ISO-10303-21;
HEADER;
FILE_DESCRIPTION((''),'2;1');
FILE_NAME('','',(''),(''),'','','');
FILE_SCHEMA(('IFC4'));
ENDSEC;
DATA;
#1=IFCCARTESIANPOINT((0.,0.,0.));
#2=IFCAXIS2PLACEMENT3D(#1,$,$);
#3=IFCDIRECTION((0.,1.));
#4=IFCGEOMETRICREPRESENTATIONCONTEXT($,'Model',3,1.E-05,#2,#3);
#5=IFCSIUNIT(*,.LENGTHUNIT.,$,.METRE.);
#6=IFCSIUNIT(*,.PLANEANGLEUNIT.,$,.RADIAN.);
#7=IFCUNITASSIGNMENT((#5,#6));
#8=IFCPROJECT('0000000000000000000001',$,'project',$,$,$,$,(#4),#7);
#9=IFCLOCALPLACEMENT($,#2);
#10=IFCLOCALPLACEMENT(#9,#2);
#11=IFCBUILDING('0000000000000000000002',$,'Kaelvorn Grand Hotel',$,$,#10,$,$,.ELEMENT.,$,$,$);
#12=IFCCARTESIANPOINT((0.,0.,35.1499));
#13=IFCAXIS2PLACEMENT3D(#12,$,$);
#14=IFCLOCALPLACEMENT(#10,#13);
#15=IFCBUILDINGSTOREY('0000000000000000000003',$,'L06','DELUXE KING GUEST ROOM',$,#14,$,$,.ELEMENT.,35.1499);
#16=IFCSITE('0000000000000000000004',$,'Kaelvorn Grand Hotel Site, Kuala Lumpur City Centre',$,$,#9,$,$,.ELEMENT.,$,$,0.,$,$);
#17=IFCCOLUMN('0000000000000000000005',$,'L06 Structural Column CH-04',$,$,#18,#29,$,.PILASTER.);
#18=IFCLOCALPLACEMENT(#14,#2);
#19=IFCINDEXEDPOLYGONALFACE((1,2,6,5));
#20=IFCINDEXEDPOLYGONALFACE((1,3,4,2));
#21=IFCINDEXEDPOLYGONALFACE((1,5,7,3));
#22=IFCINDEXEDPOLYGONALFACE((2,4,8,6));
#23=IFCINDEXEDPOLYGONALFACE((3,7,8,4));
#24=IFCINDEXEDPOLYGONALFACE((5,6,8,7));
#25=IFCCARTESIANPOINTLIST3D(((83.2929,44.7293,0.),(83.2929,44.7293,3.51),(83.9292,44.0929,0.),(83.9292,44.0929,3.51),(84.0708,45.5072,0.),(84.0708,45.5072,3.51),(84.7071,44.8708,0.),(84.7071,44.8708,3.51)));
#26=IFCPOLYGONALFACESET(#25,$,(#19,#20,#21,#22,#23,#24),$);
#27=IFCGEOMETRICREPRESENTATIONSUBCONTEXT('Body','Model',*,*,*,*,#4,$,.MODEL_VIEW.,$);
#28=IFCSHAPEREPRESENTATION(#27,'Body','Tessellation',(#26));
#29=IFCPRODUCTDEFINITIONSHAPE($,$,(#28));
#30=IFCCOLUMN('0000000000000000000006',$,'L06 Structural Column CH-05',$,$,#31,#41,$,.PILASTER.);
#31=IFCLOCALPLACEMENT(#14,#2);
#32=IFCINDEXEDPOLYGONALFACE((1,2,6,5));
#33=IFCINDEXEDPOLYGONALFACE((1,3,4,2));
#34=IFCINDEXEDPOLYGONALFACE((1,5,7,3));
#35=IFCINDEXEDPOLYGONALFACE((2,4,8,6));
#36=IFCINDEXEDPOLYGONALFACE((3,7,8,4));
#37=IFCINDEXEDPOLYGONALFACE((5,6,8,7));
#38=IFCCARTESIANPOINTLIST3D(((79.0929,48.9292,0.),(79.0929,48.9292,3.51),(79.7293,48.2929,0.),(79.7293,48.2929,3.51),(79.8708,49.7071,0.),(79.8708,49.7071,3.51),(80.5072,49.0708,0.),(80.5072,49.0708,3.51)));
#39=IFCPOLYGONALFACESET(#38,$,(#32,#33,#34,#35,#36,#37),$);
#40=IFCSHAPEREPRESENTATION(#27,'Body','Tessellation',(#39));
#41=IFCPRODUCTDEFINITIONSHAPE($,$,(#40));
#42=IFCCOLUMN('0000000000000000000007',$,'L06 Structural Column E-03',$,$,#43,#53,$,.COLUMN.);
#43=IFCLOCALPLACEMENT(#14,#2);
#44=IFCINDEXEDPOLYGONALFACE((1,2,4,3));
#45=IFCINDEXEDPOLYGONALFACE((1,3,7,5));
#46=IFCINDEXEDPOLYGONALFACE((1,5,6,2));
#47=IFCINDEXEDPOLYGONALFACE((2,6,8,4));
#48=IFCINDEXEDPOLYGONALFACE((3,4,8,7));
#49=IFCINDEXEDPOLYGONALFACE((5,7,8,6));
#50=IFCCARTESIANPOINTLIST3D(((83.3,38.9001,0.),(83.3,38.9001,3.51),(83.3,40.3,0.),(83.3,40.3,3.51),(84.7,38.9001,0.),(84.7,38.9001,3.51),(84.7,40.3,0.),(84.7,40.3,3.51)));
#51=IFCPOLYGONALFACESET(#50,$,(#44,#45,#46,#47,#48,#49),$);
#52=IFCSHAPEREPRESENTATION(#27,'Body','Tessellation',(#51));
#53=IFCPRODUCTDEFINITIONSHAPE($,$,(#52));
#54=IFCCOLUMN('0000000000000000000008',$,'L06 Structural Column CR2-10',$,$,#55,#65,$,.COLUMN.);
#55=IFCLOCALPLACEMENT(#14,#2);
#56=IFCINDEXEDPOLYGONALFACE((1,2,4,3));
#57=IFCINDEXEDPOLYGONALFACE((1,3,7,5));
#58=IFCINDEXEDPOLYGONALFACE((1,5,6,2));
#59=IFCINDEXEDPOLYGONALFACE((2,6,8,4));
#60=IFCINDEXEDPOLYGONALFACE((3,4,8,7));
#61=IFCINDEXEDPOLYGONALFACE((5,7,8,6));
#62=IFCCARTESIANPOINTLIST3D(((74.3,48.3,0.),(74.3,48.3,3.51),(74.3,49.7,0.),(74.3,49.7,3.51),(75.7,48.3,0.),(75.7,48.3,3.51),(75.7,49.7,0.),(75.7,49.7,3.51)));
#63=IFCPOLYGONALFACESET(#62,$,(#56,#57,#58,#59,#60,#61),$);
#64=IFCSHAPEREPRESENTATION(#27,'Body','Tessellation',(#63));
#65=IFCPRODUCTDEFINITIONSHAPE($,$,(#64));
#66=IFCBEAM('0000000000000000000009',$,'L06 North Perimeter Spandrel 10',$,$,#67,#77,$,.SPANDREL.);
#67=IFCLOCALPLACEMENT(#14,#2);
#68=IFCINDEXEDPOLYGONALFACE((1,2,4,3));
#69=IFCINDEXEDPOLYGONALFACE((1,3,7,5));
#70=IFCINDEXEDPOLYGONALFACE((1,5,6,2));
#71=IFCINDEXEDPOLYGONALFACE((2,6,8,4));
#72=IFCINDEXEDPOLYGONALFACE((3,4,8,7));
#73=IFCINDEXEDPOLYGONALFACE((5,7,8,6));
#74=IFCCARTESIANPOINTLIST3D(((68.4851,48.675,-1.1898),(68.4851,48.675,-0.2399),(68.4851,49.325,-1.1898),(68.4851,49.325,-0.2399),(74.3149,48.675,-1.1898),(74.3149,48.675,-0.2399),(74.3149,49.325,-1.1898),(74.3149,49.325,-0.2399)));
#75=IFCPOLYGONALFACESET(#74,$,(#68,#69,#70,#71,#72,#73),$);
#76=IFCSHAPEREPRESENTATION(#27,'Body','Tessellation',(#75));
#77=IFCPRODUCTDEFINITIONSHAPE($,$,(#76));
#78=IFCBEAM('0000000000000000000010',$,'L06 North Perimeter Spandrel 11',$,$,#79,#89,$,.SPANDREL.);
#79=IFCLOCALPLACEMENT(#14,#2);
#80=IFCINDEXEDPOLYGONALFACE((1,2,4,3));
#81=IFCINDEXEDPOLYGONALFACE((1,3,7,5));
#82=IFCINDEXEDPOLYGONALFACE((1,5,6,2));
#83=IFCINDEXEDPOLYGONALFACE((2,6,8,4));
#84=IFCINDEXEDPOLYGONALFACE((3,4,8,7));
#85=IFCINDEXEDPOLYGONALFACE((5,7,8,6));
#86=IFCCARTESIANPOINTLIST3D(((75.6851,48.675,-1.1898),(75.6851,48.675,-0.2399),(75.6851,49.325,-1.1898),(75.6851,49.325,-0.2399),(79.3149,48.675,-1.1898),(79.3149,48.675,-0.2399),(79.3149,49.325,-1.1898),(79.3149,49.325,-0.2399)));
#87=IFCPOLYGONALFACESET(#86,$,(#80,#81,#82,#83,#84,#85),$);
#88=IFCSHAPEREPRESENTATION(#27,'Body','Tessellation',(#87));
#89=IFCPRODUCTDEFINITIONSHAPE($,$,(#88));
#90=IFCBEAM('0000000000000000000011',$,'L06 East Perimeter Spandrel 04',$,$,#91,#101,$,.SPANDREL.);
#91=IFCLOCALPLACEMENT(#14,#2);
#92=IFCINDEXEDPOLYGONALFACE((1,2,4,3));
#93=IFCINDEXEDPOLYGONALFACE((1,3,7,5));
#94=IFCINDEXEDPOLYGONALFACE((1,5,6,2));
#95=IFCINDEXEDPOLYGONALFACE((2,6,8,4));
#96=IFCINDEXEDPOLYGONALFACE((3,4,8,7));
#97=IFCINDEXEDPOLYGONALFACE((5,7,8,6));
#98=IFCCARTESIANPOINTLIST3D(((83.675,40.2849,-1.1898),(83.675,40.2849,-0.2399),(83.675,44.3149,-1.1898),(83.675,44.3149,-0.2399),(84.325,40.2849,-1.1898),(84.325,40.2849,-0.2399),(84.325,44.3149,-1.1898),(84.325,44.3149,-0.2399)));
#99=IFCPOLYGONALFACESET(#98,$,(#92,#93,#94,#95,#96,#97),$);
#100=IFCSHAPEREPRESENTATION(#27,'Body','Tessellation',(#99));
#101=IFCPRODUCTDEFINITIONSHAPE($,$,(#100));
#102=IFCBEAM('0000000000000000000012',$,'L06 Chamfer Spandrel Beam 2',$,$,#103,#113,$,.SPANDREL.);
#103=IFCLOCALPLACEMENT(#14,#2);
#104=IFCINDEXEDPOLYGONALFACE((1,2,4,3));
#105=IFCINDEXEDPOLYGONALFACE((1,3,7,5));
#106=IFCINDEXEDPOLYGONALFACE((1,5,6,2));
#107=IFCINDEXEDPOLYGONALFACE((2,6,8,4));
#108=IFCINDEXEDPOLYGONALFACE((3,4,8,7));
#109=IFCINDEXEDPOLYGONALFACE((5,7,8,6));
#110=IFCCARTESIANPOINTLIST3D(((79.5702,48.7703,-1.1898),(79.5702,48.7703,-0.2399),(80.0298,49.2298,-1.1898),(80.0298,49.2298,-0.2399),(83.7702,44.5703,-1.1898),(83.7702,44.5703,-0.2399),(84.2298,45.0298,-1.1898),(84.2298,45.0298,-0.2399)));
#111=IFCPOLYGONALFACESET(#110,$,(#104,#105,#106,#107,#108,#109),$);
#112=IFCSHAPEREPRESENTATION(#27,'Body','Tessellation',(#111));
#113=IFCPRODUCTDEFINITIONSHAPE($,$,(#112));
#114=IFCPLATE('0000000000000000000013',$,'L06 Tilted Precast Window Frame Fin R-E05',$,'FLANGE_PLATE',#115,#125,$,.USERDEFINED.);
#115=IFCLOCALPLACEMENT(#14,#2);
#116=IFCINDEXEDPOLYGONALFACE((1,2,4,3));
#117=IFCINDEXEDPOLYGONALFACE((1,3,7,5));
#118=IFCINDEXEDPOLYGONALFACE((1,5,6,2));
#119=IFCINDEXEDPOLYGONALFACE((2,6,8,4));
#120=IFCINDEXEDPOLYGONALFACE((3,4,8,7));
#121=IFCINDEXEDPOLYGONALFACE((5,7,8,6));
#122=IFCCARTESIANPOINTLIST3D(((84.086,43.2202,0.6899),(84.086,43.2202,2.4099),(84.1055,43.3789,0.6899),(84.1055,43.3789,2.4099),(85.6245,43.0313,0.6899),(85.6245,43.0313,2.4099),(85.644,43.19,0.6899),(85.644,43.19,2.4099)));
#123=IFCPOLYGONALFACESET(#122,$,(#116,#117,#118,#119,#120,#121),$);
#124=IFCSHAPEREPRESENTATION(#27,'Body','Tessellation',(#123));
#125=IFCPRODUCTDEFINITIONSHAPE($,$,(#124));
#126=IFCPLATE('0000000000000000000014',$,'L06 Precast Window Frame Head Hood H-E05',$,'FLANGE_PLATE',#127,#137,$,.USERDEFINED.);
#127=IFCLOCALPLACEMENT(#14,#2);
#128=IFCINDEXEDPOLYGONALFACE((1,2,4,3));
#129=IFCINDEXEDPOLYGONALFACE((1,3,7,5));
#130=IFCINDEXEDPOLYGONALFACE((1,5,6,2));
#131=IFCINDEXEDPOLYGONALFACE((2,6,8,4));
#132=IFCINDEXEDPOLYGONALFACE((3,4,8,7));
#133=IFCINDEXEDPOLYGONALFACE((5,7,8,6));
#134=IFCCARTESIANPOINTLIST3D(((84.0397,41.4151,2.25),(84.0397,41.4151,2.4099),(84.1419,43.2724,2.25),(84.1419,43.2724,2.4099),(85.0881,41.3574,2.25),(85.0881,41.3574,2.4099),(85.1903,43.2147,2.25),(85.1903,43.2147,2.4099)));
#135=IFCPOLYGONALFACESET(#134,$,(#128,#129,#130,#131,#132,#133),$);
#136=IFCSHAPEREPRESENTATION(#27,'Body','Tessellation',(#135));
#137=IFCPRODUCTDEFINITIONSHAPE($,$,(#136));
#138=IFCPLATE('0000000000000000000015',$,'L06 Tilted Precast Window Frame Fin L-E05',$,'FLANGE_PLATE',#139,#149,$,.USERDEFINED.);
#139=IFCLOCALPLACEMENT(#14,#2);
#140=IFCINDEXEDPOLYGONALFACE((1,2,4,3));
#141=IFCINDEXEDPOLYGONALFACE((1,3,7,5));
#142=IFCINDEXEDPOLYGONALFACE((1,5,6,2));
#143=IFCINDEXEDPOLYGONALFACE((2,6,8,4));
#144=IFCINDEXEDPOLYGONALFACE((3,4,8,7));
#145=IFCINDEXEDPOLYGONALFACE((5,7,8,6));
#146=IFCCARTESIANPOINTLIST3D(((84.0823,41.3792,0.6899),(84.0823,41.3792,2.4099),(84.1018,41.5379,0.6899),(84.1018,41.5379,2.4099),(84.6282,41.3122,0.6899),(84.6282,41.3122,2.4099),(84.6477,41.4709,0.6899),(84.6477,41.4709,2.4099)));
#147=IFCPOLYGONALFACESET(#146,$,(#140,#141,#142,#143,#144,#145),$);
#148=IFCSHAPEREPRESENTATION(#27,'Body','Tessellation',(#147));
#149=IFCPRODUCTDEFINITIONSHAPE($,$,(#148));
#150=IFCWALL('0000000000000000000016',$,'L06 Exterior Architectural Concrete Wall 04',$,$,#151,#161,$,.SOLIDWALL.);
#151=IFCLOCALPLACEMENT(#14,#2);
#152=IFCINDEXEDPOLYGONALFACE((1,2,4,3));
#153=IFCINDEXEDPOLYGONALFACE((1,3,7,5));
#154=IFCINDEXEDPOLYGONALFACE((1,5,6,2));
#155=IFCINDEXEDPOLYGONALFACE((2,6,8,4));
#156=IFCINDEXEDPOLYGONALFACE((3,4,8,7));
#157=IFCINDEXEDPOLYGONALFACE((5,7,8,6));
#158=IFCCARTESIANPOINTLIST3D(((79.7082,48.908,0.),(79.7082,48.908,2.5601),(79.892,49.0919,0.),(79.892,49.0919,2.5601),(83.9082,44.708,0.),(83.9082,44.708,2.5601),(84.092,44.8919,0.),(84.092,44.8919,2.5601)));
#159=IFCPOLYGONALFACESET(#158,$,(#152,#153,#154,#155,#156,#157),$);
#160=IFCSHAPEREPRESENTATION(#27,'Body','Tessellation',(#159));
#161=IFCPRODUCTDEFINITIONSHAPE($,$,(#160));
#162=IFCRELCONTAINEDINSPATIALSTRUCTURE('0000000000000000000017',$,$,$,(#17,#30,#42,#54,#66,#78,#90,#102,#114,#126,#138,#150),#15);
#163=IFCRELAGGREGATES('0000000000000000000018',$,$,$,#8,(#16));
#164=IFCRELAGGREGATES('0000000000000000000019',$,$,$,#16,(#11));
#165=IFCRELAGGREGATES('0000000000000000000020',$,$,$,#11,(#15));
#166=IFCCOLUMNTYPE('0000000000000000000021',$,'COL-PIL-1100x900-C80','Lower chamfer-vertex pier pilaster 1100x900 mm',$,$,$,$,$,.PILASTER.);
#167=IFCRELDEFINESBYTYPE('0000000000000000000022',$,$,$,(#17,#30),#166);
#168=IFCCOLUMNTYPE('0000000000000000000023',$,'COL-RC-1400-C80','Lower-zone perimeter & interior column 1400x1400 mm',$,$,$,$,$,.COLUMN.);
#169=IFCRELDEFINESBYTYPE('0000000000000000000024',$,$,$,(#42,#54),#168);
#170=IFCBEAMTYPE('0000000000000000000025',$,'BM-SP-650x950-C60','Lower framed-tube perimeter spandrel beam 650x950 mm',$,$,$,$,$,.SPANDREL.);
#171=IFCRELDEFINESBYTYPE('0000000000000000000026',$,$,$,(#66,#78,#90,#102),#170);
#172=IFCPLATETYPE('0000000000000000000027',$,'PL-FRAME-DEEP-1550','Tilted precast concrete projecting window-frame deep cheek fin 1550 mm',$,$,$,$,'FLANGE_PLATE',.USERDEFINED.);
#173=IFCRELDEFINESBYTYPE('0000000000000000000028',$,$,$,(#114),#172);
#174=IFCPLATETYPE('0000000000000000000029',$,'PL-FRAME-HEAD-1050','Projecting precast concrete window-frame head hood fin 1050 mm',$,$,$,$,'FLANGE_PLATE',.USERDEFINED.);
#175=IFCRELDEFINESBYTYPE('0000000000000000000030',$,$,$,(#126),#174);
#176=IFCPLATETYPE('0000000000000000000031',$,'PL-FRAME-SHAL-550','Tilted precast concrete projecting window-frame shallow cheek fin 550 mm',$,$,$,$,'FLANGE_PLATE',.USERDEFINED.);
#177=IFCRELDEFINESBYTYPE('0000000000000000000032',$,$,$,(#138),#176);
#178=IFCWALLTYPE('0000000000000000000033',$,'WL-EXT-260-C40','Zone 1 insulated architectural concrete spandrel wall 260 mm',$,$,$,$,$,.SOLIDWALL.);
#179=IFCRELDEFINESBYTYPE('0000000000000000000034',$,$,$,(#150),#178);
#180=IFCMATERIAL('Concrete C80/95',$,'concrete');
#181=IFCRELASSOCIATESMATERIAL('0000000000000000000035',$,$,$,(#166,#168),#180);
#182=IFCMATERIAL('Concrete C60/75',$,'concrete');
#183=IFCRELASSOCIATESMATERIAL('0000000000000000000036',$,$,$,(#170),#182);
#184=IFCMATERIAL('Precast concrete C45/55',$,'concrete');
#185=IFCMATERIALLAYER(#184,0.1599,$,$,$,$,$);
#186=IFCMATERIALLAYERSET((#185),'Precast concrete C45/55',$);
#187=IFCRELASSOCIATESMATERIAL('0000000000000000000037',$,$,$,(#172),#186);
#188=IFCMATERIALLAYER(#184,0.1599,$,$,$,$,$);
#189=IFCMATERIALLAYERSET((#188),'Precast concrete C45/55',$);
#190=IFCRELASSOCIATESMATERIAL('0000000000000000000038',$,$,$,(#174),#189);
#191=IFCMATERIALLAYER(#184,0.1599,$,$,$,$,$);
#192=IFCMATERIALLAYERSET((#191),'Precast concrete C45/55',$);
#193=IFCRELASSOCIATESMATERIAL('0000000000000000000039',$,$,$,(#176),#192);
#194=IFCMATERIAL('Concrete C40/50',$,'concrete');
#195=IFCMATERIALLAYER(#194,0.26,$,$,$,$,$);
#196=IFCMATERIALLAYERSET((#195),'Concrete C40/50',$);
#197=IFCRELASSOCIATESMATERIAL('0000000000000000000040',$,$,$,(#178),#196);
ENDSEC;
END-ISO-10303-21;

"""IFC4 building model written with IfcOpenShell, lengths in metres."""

from ifc_helpers import new_model, si_unit, direction, frame, frame_2d, origin, origin_2d, place, context, subcontext, project, spatial, rectangle, extrude, material, layer, layer_set, material_profile, profile_set, type_object, element, save


model = new_model("IFC4")

# Units and contexts
model_context = context("Model", 3, precision=1e-05, world=origin(), true_north=direction((0.0, 1.0)))
body_context = subcontext(model_context, "Body", "Model", "MODEL_VIEW")
ifc_project = project(units=[si_unit("LENGTHUNIT", "METRE"), si_unit("PLANEANGLEUNIT", "RADIAN")], contexts=[model_context])

# Site, building, storey
site_placement = place(None, origin())
site = spatial("IfcSite", under=ifc_project, at=site_placement, Name="Kaelvorn Grand Hotel Site, Kuala Lumpur City Centre", CompositionType="ELEMENT", RefElevation=0.0)
building_placement = place(site_placement, origin())
building = spatial("IfcBuilding", under=site, at=building_placement, Name="Kaelvorn Grand Hotel", CompositionType="ELEMENT")
storey_placement = place(building_placement, frame((0.0, 0.0, 35.1499)))
storey = spatial("IfcBuildingStorey", under=building, at=storey_placement, Name="L06", Description="DELUXE KING GUEST ROOM", CompositionType="ELEMENT", Elevation=35.1499)

# Columns
ifc_material_1 = material(Name="Concrete C80/95", Category="concrete")
ifc_material_profile_1 = material_profile(ifc_material_1, rectangle(XDim=1.1001, YDim=0.8999, at=origin_2d()), Name="RC PILASTER 1100x900")
ifc_profile_set_1 = profile_set([ifc_material_profile_1], Name="Concrete C80/95")
column_type_1 = type_object("IfcColumnType", Name="COL-PIL-1100x900-C80", Description="Lower chamfer-vertex pier pilaster 1100x900 mm", PredefinedType="PILASTER", material=ifc_profile_set_1)
for number, where, z_axis, x_axis, name in (
    (1, (84.0, 44.8, 0.0), (0.0, 0.0, 1.0), (0.707107, 0.707107, 0.0), "L06 Structural Column CH-04"),
    (2, (79.8, 49.0, 0.0), (0.0, 0.0, 1.0), (0.707107, 0.707107, 0.0), "L06 Structural Column CH-05"),
):
    element("IfcColumn", number, at=place(storey_placement, frame(where, z_axis=z_axis, x_axis=x_axis)), inside=storey, type_object=column_type_1, Name=name, PredefinedType="PILASTER", context=body_context, shape_type="SweptSolid", body=[
        extrude(rectangle(XDim=1.1001, YDim=0.8999, at=origin_2d()), origin(), (0.0, 0.0, 1.0), 3.51),
    ])
ifc_material_profile_2 = material_profile(ifc_material_1, rectangle(XDim=1.3999, YDim=1.3999, at=origin_2d()), Name="RC COL 1400x1400")
ifc_profile_set_2 = profile_set([ifc_material_profile_2], Name="Concrete C80/95")
column_type_2 = type_object("IfcColumnType", Name="COL-RC-1400-C80", Description="Lower-zone perimeter & interior column 1400x1400 mm", PredefinedType="COLUMN", material=ifc_profile_set_2)
for number, where, z_axis, x_axis, name in (
    (3, (84.0, 39.6001, 0.0), (0.0, 0.0, 1.0), (1.0, 0.0, 0.0), "L06 Structural Column E-03"),
    (4, (75.0, 49.0, 0.0), (0.0, 0.0, 1.0), (1.0, 0.0, 0.0), "L06 Structural Column CR2-10"),
):
    element("IfcColumn", number, at=place(storey_placement, frame(where, z_axis=z_axis, x_axis=x_axis)), inside=storey, type_object=column_type_2, Name=name, PredefinedType="COLUMN", context=body_context, shape_type="SweptSolid", body=[
        extrude(rectangle(XDim=1.3999, YDim=1.3999, at=origin_2d()), origin(), (0.0, 0.0, 1.0), 3.51),
    ])

# Beams
ifc_material_2 = material(Name="Concrete C60/75", Category="concrete")
ifc_material_profile_3 = material_profile(ifc_material_2, rectangle(XDim=0.6499, YDim=0.95, at=origin_2d()), Name="RC SPANDREL 650x950")
ifc_profile_set_3 = profile_set([ifc_material_profile_3], Name="Concrete C60/75")
beam_type = type_object("IfcBeamType", Name="BM-SP-650x950-C60", Description="Lower framed-tube perimeter spandrel beam 650x950 mm", PredefinedType="SPANDREL", material=ifc_profile_set_3)
beam_1_placement = place(storey_placement, frame((68.4851, 49.0, -0.7148), z_axis=(1.0, 0.0, 0.0), x_axis=(0.0, 1.0, 0.0)))
element("IfcBeam", 5, at=beam_1_placement, inside=storey, type_object=beam_type, Name="L06 North Perimeter Spandrel 10", PredefinedType="SPANDREL", context=body_context, shape_type="SweptSolid", body=[
    extrude(rectangle(XDim=0.6499, YDim=0.95, at=origin_2d()), origin(), (0.0, 0.0, 1.0), 5.8298),
])
beam_2_placement = place(storey_placement, frame((75.6851, 49.0, -0.7148), z_axis=(1.0, 0.0, 0.0), x_axis=(0.0, 1.0, 0.0)))
element("IfcBeam", 6, at=beam_2_placement, inside=storey, type_object=beam_type, Name="L06 North Perimeter Spandrel 11", PredefinedType="SPANDREL", context=body_context, shape_type="SweptSolid", body=[
    extrude(rectangle(XDim=0.6499, YDim=0.95, at=origin_2d()), origin(), (0.0, 0.0, 1.0), 3.6299),
])
beam_3_placement = place(storey_placement, frame((84.0, 40.2849, -0.7148), z_axis=(0.0, 1.0, 0.0), x_axis=(-1.0, 0.0, 0.0)))
element("IfcBeam", 7, at=beam_3_placement, inside=storey, type_object=beam_type, Name="L06 East Perimeter Spandrel 04", PredefinedType="SPANDREL", context=body_context, shape_type="SweptSolid", body=[
    extrude(rectangle(XDim=0.6499, YDim=0.95, at=origin_2d()), origin(), (0.0, 0.0, 1.0), 4.03),
])
beam_4_placement = place(storey_placement, frame((84.0, 44.8, -0.7148), z_axis=(-0.707107, 0.707107, 0.0), x_axis=(-0.707107, -0.707107, 0.0)))
element("IfcBeam", 8, at=beam_4_placement, inside=storey, type_object=beam_type, Name="L06 Chamfer Spandrel Beam 2", PredefinedType="SPANDREL", context=body_context, shape_type="SweptSolid", body=[
    extrude(rectangle(XDim=0.6499, YDim=0.95, at=origin_2d()), origin(), (0.0, 0.0, 1.0), 5.9397),
])

# Plates
ifc_material_3 = material(Name="Precast concrete C45/55", Category="concrete")
ifc_layer_1 = layer(ifc_material_3, 0.1599)
ifc_layer_set_1 = layer_set([ifc_layer_1], Name="Precast concrete C45/55")
plate_type_1 = type_object("IfcPlateType", Name="PL-FRAME-DEEP-1550", Description="Tilted precast concrete projecting window-frame deep cheek fin 1550 mm", ElementType="FLANGE_PLATE", PredefinedType="USERDEFINED", material=ifc_layer_set_1)
plate_1_placement = place(storey_placement, frame((84.865, 43.2051, 0.6899), z_axis=(0.0, 0.0, 1.0), x_axis=(0.121869, 0.992546, 0.0)))
element("IfcPlate", 9, at=plate_1_placement, inside=storey, type_object=plate_type_1, Name="L06 Tilted Precast Window Frame Fin R-E05", ObjectType="FLANGE_PLATE", PredefinedType="USERDEFINED", context=body_context, shape_type="SweptSolid", body=[
    extrude(rectangle(XDim=0.1599, YDim=1.55, at=origin_2d()), origin(), (0.0, 0.0, 1.0), 1.72),
])
ifc_layer_2 = layer(ifc_material_3, 0.1599)
ifc_layer_set_2 = layer_set([ifc_layer_2], Name="Precast concrete C45/55")
plate_type_2 = type_object("IfcPlateType", Name="PL-FRAME-HEAD-1050", Description="Projecting precast concrete window-frame head hood fin 1050 mm", ElementType="FLANGE_PLATE", PredefinedType="USERDEFINED", material=ifc_layer_set_2)
plate_2_placement = place(storey_placement, frame((84.615, 42.3149, 2.25), z_axis=(0.0, 0.0, 1.0), x_axis=(0.05495, 0.998489, 0.0)))
element("IfcPlate", 10, at=plate_2_placement, inside=storey, type_object=plate_type_2, Name="L06 Precast Window Frame Head Hood H-E05", ObjectType="FLANGE_PLATE", PredefinedType="USERDEFINED", context=body_context, shape_type="SweptSolid", body=[
    extrude(rectangle(XDim=1.8601, YDim=1.05, at=origin_2d()), origin(), (0.0, 0.0, 1.0), 0.1599),
])
ifc_layer_3 = layer(ifc_material_3, 0.1599)
ifc_layer_set_3 = layer_set([ifc_layer_3], Name="Precast concrete C45/55")
plate_type_3 = type_object("IfcPlateType", Name="PL-FRAME-SHAL-550", Description="Tilted precast concrete projecting window-frame shallow cheek fin 550 mm", ElementType="FLANGE_PLATE", PredefinedType="USERDEFINED", material=ifc_layer_set_3)
plate_3_placement = place(storey_placement, frame((84.365, 41.425, 0.6899), z_axis=(0.0, 0.0, 1.0), x_axis=(0.121869, 0.992546, 0.0)))
element("IfcPlate", 11, at=plate_3_placement, inside=storey, type_object=plate_type_3, Name="L06 Tilted Precast Window Frame Fin L-E05", ObjectType="FLANGE_PLATE", PredefinedType="USERDEFINED", context=body_context, shape_type="SweptSolid", body=[
    extrude(rectangle(XDim=0.1599, YDim=0.55, at=origin_2d()), origin(), (0.0, 0.0, 1.0), 1.72),
])

# Wall
ifc_material_4 = material(Name="Concrete C40/50", Category="concrete")
ifc_layer_4 = layer(ifc_material_4, 0.26)
ifc_layer_set_4 = layer_set([ifc_layer_4], Name="Concrete C40/50")
wall_type = type_object("IfcWallType", Name="WL-EXT-260-C40", Description="Zone 1 insulated architectural concrete spandrel wall 260 mm", PredefinedType="SOLIDWALL", material=ifc_layer_set_4)
wall_1_placement = place(storey_placement, frame((84.0, 44.8, 0.0), z_axis=(0.0, 0.0, 1.0), x_axis=(-0.707107, 0.707107, 0.0)))
element("IfcWall", 12, at=wall_1_placement, inside=storey, type_object=wall_type, Name="L06 Exterior Architectural Concrete Wall 04", PredefinedType="SOLIDWALL", context=body_context, shape_type="SweptSolid", body=[
    extrude(rectangle(XDim=5.9397, YDim=0.26, at=frame_2d((2.9697, 0.0))), origin(), (0.0, 0.0, 1.0), 2.5601),
])

save(model, "model.ifc")
